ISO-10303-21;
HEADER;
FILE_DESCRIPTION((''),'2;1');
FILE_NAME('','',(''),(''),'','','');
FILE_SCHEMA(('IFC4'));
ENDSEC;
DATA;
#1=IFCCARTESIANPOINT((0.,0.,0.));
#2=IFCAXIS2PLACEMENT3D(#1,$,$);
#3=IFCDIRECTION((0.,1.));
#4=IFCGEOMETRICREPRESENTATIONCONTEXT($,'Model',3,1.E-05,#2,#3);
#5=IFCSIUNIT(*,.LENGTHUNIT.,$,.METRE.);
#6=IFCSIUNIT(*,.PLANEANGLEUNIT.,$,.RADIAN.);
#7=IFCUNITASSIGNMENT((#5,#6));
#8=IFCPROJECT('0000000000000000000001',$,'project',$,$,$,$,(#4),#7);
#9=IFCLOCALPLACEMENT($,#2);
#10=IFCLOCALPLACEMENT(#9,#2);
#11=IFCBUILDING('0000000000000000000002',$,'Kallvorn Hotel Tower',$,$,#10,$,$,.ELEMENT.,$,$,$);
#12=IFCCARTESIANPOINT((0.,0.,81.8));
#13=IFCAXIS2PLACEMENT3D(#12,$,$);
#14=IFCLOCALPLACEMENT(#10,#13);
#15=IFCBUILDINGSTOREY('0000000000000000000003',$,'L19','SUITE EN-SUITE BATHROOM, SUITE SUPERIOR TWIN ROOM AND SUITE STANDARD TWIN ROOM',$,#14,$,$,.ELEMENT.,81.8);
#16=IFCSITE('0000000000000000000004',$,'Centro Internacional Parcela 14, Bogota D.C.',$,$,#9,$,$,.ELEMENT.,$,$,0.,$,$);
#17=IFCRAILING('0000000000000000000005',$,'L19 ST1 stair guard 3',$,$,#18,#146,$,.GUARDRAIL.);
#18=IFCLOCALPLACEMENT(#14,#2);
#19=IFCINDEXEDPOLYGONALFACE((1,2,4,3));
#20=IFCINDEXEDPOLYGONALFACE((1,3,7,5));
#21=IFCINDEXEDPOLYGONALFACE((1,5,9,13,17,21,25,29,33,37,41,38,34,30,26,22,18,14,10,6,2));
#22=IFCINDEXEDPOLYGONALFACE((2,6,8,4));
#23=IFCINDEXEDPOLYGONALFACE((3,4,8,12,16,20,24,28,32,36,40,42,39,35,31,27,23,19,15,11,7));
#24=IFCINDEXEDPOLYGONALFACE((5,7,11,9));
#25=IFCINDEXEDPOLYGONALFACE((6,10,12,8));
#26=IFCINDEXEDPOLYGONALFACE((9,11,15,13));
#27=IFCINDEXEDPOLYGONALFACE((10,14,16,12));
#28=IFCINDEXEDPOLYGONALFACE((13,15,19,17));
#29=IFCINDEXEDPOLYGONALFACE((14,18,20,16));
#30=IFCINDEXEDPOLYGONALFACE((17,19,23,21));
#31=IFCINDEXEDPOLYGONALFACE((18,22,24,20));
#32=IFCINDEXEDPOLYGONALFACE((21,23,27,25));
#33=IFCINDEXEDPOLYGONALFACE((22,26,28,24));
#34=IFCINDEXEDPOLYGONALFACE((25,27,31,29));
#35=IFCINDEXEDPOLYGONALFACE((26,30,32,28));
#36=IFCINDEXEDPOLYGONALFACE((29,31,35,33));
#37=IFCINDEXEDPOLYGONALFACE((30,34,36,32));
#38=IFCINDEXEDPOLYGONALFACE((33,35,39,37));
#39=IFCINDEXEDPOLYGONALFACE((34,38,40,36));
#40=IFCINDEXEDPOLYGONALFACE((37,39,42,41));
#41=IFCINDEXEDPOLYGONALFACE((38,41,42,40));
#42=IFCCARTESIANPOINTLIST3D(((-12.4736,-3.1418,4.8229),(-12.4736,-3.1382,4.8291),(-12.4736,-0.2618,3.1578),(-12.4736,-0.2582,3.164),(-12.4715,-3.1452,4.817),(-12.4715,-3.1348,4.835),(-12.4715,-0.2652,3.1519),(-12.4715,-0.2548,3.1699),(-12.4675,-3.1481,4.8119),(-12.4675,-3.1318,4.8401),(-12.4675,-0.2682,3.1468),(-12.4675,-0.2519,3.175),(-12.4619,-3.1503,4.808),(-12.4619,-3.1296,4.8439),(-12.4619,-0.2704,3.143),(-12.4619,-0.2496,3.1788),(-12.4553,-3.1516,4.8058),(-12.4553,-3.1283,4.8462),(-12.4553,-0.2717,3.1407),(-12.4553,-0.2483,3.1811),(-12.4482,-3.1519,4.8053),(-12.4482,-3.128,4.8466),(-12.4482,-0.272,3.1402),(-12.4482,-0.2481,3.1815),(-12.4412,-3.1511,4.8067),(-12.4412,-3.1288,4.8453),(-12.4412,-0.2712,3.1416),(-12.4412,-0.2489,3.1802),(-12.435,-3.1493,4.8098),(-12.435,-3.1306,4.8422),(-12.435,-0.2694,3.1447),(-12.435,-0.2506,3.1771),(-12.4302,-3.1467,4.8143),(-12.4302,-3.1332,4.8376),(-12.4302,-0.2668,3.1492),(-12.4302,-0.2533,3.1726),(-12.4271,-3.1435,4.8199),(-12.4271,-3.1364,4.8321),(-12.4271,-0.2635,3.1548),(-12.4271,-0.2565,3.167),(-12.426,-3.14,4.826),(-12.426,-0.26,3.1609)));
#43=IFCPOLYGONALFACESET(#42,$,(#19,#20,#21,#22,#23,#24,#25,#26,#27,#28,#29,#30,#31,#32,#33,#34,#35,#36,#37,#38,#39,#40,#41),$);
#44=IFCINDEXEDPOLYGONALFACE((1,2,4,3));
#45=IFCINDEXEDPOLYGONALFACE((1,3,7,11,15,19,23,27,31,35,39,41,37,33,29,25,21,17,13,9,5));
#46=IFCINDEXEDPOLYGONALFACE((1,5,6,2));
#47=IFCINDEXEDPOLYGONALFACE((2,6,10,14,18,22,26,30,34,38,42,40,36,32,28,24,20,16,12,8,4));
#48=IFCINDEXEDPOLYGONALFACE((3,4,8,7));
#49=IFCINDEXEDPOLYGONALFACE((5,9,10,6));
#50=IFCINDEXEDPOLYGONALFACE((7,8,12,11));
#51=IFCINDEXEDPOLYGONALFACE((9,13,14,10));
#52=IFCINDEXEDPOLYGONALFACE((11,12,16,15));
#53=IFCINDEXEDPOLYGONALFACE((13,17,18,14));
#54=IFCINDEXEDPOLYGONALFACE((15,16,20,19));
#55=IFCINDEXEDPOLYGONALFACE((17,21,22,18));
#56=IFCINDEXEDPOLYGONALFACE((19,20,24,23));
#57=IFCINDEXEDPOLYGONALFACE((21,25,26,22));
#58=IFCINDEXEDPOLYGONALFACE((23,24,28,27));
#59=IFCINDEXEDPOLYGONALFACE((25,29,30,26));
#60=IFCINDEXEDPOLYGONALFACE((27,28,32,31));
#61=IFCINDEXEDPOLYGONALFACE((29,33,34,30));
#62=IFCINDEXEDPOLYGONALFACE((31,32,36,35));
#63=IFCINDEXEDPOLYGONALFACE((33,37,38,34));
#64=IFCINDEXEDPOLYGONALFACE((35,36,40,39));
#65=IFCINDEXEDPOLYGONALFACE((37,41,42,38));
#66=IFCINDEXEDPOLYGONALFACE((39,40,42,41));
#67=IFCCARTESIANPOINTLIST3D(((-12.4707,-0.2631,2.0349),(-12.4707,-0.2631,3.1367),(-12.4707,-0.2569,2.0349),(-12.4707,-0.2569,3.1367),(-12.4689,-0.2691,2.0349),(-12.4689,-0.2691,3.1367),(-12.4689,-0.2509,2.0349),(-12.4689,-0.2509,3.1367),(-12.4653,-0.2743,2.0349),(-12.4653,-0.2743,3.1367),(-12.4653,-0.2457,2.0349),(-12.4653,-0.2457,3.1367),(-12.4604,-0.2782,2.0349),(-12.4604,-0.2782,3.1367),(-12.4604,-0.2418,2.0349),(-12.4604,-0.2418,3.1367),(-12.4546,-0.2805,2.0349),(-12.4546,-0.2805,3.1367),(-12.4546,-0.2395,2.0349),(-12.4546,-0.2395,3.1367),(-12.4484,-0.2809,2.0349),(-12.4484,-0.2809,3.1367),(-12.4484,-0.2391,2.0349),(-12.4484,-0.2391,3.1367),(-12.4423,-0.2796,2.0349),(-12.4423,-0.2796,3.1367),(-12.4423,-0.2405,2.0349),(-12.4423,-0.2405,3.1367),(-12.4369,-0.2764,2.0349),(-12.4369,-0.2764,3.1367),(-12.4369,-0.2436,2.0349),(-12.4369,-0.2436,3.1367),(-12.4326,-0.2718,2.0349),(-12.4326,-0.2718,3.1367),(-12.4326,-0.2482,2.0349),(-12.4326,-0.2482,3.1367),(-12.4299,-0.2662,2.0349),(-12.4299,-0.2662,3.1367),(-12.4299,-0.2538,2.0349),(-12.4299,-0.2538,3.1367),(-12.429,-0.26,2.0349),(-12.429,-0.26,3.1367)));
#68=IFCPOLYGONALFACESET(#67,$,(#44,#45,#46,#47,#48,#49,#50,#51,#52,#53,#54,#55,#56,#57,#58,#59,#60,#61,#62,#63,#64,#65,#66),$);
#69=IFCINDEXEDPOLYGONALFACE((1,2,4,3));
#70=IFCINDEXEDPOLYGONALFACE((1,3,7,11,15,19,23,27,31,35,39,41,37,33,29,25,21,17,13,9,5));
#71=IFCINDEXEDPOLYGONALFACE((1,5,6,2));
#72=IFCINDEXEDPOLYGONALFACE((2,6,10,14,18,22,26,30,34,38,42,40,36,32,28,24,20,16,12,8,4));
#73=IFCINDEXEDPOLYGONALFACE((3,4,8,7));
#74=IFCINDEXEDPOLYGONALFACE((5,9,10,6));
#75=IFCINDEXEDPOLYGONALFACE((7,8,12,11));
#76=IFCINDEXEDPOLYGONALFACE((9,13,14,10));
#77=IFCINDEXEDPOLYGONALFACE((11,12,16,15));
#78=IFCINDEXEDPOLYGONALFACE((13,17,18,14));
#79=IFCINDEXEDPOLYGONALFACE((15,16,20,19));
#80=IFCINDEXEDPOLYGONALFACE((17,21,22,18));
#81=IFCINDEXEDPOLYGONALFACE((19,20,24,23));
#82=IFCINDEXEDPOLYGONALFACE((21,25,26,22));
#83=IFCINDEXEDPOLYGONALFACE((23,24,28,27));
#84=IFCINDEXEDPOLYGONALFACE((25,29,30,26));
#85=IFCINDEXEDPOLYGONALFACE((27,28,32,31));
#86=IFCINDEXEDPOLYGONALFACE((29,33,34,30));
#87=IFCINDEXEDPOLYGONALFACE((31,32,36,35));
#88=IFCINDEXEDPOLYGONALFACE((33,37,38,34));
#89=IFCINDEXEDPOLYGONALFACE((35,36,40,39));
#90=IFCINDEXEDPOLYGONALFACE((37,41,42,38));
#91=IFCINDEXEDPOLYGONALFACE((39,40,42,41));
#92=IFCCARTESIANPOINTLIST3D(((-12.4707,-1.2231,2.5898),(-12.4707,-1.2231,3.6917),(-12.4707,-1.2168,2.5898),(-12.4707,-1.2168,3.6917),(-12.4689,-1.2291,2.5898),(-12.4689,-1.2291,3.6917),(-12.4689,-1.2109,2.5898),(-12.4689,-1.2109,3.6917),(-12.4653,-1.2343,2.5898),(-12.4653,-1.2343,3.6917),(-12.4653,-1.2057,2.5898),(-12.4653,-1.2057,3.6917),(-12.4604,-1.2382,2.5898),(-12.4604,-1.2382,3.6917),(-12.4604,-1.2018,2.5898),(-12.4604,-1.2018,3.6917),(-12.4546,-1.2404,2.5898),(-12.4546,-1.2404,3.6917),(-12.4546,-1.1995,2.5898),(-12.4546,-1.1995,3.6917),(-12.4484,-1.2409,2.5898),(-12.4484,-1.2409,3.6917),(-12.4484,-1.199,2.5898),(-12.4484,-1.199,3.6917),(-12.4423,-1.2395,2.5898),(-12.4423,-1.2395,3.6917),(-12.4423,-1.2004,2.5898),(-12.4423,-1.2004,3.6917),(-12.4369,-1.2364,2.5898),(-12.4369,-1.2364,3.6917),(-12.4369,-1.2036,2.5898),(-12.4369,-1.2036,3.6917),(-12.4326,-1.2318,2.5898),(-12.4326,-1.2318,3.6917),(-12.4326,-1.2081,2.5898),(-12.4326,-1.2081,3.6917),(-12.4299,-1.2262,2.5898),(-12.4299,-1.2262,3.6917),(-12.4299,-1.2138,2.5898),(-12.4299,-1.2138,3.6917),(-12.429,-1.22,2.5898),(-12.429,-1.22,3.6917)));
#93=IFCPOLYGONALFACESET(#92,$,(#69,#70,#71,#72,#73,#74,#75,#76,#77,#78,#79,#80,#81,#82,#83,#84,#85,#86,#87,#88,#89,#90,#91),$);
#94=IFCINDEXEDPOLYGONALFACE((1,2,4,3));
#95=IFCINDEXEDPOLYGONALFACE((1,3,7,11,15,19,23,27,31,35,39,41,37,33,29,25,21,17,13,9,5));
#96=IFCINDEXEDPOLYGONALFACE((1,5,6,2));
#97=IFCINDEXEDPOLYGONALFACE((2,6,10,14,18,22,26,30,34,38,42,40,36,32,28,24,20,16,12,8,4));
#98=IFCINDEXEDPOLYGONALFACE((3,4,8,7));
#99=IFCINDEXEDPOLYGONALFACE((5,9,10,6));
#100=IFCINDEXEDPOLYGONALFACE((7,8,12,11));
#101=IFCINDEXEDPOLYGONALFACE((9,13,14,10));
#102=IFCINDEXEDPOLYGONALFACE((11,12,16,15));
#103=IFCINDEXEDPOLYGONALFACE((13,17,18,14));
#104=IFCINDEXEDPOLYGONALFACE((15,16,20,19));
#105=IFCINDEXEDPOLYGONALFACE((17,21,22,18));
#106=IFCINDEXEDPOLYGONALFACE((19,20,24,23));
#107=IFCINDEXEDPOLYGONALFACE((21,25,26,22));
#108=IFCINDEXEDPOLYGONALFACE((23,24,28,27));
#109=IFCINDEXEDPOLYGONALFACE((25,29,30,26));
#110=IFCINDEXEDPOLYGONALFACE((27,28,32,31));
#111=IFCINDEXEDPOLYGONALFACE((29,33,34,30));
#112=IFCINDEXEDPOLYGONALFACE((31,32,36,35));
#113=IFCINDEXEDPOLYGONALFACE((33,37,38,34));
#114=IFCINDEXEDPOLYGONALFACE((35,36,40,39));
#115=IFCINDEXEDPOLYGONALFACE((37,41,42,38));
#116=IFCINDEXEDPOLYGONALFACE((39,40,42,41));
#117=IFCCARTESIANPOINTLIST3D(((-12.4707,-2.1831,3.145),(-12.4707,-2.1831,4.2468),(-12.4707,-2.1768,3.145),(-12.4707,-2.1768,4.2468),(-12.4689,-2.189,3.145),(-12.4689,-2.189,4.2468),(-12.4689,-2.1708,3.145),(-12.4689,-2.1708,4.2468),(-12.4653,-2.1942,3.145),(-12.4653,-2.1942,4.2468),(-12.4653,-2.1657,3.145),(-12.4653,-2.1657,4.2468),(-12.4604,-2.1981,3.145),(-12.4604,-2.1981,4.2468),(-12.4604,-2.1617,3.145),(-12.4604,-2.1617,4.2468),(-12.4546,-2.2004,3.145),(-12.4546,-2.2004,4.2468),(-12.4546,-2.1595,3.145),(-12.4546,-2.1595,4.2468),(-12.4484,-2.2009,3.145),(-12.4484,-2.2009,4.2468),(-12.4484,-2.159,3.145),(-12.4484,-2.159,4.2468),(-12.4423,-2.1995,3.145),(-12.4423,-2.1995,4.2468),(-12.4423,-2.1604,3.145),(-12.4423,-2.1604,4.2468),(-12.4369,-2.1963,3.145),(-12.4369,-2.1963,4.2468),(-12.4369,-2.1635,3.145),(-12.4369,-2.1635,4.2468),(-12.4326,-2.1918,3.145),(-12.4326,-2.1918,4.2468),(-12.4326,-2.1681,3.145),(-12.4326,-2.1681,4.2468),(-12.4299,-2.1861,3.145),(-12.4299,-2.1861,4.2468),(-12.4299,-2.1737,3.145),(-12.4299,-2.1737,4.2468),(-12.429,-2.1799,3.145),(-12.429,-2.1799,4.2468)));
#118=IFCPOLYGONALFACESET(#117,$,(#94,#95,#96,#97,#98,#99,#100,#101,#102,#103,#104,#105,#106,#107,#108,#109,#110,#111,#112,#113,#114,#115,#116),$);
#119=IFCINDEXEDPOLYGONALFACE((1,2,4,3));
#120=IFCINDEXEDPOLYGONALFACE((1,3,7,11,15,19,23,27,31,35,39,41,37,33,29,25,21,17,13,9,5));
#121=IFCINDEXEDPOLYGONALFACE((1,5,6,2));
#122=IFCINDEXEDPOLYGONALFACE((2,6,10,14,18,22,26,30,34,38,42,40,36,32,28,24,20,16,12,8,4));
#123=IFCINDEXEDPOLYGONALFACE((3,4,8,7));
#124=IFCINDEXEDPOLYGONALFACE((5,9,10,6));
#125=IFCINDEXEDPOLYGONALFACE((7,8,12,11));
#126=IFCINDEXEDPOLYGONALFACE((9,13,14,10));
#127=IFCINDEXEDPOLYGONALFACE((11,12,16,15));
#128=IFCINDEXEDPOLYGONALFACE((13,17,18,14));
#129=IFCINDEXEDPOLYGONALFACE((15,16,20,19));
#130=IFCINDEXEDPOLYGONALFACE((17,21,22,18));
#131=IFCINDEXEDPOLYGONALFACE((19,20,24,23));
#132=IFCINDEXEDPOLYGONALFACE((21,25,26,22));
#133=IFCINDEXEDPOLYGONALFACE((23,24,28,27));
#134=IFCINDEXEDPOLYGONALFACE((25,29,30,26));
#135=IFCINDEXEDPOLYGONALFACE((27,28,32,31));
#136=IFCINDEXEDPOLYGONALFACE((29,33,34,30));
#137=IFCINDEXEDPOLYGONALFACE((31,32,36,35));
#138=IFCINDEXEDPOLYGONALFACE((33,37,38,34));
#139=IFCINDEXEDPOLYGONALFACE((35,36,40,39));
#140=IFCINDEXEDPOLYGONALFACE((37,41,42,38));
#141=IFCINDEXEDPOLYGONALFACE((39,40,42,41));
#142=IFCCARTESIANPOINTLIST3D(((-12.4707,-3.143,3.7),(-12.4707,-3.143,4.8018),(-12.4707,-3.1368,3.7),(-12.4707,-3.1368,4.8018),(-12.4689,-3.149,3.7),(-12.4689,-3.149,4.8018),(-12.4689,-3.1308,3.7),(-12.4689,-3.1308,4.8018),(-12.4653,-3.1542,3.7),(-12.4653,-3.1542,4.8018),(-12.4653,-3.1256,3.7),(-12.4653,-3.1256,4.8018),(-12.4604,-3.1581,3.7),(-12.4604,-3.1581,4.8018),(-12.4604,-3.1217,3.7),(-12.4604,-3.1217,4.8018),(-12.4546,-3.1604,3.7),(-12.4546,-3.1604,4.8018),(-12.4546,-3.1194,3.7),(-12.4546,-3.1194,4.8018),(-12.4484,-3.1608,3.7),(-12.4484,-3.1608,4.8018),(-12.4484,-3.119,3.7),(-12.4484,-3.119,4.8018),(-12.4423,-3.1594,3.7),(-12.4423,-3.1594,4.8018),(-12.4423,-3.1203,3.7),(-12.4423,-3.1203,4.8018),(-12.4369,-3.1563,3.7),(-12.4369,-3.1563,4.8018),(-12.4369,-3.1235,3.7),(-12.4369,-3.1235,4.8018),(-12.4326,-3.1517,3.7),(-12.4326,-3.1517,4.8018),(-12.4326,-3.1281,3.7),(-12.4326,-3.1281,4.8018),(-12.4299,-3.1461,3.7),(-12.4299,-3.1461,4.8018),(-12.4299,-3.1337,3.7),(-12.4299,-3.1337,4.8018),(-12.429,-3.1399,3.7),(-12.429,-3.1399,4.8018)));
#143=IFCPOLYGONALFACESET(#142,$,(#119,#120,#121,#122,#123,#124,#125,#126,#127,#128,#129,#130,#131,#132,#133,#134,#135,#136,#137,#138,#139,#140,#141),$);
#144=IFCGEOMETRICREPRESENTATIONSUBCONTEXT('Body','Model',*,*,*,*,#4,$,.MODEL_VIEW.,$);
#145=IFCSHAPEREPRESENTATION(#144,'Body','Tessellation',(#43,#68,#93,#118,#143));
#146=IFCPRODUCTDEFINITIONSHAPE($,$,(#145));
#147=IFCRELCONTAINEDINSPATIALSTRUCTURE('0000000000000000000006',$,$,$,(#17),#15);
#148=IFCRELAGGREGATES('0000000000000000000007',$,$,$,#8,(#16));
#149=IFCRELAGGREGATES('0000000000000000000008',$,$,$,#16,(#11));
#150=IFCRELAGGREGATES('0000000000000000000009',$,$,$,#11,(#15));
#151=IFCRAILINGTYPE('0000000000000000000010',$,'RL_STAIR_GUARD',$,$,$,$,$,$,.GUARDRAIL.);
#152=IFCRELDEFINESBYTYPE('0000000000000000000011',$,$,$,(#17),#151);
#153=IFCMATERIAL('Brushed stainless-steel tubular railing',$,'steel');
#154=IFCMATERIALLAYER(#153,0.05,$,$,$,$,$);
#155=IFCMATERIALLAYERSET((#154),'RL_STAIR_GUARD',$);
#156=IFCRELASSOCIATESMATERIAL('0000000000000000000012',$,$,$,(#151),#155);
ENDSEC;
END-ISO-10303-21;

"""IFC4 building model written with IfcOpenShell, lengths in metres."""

from ifc_helpers import new_model, si_unit, direction, frame, origin, origin_2d, place, context, subcontext, project, spatial, circle, extrude, material, layer, layer_set, type_object, element, save


model = new_model("IFC4")

# Units and contexts
model_context = context("Model", 3, precision=1e-05, world=origin(), true_north=direction((0.0, 1.0)))
body_context = subcontext(model_context, "Body", "Model", "MODEL_VIEW")
ifc_project = project(units=[si_unit("LENGTHUNIT", "METRE"), si_unit("PLANEANGLEUNIT", "RADIAN")], contexts=[model_context])

# Site, building, storey
site_placement = place(None, origin())
site = spatial("IfcSite", under=ifc_project, at=site_placement, Name="Centro Internacional Parcela 14, Bogota D.C.", CompositionType="ELEMENT", RefElevation=0.0)
building_placement = place(site_placement, origin())
building = spatial("IfcBuilding", under=site, at=building_placement, Name="Kallvorn Hotel Tower", CompositionType="ELEMENT")
storey_placement = place(building_placement, frame((0.0, 0.0, 81.8)))
storey = spatial("IfcBuildingStorey", under=building, at=storey_placement, Name="L19", Description="SUITE EN-SUITE BATHROOM, SUITE SUPERIOR TWIN ROOM AND SUITE STANDARD TWIN ROOM", CompositionType="ELEMENT", Elevation=81.8)

# Railing
ifc_material_1 = material(Name="Brushed stainless-steel tubular railing", Category="steel")
ifc_layer_1 = layer(ifc_material_1, 0.05)
ifc_layer_set_1 = layer_set([ifc_layer_1], Name="RL_STAIR_GUARD")
railing_type_1 = type_object("IfcRailingType", Name="RL_STAIR_GUARD", PredefinedType="GUARDRAIL", material=ifc_layer_set_1)
railing_1_placement = place(storey_placement, frame((-12.45, -0.26, 2.0349)))
element("IfcRailing", 1, at=railing_1_placement, inside=storey, type_object=railing_type_1, Name="L19 ST1 stair guard 3", PredefinedType="GUARDRAIL", context=body_context, shape_type="SweptSolid", body=[
    extrude(circle(Radius=0.0239, at=origin_2d()), frame((0.0, 0.0, 1.126), z_axis=(0.0, -0.865721, 0.500527), x_axis=(1.0, 0.0, 0.0)), (0.0, 0.0, 1.0), 3.3267),
    extrude(circle(Radius=0.021, at=origin_2d()), origin(), (0.0, 0.0, 1.0), 1.1018),
    extrude(circle(Radius=0.021, at=origin_2d()), frame((0.0, -0.96, 0.5549)), (0.0, 0.0, 1.0), 1.1018),
    extrude(circle(Radius=0.021, at=origin_2d()), frame((0.0, -1.9199, 1.1101)), (0.0, 0.0, 1.0), 1.1018),
    extrude(circle(Radius=0.021, at=origin_2d()), frame((0.0, -2.8799, 1.665)), (0.0, 0.0, 1.0), 1.1018),
])

save(model, "model.ifc")
